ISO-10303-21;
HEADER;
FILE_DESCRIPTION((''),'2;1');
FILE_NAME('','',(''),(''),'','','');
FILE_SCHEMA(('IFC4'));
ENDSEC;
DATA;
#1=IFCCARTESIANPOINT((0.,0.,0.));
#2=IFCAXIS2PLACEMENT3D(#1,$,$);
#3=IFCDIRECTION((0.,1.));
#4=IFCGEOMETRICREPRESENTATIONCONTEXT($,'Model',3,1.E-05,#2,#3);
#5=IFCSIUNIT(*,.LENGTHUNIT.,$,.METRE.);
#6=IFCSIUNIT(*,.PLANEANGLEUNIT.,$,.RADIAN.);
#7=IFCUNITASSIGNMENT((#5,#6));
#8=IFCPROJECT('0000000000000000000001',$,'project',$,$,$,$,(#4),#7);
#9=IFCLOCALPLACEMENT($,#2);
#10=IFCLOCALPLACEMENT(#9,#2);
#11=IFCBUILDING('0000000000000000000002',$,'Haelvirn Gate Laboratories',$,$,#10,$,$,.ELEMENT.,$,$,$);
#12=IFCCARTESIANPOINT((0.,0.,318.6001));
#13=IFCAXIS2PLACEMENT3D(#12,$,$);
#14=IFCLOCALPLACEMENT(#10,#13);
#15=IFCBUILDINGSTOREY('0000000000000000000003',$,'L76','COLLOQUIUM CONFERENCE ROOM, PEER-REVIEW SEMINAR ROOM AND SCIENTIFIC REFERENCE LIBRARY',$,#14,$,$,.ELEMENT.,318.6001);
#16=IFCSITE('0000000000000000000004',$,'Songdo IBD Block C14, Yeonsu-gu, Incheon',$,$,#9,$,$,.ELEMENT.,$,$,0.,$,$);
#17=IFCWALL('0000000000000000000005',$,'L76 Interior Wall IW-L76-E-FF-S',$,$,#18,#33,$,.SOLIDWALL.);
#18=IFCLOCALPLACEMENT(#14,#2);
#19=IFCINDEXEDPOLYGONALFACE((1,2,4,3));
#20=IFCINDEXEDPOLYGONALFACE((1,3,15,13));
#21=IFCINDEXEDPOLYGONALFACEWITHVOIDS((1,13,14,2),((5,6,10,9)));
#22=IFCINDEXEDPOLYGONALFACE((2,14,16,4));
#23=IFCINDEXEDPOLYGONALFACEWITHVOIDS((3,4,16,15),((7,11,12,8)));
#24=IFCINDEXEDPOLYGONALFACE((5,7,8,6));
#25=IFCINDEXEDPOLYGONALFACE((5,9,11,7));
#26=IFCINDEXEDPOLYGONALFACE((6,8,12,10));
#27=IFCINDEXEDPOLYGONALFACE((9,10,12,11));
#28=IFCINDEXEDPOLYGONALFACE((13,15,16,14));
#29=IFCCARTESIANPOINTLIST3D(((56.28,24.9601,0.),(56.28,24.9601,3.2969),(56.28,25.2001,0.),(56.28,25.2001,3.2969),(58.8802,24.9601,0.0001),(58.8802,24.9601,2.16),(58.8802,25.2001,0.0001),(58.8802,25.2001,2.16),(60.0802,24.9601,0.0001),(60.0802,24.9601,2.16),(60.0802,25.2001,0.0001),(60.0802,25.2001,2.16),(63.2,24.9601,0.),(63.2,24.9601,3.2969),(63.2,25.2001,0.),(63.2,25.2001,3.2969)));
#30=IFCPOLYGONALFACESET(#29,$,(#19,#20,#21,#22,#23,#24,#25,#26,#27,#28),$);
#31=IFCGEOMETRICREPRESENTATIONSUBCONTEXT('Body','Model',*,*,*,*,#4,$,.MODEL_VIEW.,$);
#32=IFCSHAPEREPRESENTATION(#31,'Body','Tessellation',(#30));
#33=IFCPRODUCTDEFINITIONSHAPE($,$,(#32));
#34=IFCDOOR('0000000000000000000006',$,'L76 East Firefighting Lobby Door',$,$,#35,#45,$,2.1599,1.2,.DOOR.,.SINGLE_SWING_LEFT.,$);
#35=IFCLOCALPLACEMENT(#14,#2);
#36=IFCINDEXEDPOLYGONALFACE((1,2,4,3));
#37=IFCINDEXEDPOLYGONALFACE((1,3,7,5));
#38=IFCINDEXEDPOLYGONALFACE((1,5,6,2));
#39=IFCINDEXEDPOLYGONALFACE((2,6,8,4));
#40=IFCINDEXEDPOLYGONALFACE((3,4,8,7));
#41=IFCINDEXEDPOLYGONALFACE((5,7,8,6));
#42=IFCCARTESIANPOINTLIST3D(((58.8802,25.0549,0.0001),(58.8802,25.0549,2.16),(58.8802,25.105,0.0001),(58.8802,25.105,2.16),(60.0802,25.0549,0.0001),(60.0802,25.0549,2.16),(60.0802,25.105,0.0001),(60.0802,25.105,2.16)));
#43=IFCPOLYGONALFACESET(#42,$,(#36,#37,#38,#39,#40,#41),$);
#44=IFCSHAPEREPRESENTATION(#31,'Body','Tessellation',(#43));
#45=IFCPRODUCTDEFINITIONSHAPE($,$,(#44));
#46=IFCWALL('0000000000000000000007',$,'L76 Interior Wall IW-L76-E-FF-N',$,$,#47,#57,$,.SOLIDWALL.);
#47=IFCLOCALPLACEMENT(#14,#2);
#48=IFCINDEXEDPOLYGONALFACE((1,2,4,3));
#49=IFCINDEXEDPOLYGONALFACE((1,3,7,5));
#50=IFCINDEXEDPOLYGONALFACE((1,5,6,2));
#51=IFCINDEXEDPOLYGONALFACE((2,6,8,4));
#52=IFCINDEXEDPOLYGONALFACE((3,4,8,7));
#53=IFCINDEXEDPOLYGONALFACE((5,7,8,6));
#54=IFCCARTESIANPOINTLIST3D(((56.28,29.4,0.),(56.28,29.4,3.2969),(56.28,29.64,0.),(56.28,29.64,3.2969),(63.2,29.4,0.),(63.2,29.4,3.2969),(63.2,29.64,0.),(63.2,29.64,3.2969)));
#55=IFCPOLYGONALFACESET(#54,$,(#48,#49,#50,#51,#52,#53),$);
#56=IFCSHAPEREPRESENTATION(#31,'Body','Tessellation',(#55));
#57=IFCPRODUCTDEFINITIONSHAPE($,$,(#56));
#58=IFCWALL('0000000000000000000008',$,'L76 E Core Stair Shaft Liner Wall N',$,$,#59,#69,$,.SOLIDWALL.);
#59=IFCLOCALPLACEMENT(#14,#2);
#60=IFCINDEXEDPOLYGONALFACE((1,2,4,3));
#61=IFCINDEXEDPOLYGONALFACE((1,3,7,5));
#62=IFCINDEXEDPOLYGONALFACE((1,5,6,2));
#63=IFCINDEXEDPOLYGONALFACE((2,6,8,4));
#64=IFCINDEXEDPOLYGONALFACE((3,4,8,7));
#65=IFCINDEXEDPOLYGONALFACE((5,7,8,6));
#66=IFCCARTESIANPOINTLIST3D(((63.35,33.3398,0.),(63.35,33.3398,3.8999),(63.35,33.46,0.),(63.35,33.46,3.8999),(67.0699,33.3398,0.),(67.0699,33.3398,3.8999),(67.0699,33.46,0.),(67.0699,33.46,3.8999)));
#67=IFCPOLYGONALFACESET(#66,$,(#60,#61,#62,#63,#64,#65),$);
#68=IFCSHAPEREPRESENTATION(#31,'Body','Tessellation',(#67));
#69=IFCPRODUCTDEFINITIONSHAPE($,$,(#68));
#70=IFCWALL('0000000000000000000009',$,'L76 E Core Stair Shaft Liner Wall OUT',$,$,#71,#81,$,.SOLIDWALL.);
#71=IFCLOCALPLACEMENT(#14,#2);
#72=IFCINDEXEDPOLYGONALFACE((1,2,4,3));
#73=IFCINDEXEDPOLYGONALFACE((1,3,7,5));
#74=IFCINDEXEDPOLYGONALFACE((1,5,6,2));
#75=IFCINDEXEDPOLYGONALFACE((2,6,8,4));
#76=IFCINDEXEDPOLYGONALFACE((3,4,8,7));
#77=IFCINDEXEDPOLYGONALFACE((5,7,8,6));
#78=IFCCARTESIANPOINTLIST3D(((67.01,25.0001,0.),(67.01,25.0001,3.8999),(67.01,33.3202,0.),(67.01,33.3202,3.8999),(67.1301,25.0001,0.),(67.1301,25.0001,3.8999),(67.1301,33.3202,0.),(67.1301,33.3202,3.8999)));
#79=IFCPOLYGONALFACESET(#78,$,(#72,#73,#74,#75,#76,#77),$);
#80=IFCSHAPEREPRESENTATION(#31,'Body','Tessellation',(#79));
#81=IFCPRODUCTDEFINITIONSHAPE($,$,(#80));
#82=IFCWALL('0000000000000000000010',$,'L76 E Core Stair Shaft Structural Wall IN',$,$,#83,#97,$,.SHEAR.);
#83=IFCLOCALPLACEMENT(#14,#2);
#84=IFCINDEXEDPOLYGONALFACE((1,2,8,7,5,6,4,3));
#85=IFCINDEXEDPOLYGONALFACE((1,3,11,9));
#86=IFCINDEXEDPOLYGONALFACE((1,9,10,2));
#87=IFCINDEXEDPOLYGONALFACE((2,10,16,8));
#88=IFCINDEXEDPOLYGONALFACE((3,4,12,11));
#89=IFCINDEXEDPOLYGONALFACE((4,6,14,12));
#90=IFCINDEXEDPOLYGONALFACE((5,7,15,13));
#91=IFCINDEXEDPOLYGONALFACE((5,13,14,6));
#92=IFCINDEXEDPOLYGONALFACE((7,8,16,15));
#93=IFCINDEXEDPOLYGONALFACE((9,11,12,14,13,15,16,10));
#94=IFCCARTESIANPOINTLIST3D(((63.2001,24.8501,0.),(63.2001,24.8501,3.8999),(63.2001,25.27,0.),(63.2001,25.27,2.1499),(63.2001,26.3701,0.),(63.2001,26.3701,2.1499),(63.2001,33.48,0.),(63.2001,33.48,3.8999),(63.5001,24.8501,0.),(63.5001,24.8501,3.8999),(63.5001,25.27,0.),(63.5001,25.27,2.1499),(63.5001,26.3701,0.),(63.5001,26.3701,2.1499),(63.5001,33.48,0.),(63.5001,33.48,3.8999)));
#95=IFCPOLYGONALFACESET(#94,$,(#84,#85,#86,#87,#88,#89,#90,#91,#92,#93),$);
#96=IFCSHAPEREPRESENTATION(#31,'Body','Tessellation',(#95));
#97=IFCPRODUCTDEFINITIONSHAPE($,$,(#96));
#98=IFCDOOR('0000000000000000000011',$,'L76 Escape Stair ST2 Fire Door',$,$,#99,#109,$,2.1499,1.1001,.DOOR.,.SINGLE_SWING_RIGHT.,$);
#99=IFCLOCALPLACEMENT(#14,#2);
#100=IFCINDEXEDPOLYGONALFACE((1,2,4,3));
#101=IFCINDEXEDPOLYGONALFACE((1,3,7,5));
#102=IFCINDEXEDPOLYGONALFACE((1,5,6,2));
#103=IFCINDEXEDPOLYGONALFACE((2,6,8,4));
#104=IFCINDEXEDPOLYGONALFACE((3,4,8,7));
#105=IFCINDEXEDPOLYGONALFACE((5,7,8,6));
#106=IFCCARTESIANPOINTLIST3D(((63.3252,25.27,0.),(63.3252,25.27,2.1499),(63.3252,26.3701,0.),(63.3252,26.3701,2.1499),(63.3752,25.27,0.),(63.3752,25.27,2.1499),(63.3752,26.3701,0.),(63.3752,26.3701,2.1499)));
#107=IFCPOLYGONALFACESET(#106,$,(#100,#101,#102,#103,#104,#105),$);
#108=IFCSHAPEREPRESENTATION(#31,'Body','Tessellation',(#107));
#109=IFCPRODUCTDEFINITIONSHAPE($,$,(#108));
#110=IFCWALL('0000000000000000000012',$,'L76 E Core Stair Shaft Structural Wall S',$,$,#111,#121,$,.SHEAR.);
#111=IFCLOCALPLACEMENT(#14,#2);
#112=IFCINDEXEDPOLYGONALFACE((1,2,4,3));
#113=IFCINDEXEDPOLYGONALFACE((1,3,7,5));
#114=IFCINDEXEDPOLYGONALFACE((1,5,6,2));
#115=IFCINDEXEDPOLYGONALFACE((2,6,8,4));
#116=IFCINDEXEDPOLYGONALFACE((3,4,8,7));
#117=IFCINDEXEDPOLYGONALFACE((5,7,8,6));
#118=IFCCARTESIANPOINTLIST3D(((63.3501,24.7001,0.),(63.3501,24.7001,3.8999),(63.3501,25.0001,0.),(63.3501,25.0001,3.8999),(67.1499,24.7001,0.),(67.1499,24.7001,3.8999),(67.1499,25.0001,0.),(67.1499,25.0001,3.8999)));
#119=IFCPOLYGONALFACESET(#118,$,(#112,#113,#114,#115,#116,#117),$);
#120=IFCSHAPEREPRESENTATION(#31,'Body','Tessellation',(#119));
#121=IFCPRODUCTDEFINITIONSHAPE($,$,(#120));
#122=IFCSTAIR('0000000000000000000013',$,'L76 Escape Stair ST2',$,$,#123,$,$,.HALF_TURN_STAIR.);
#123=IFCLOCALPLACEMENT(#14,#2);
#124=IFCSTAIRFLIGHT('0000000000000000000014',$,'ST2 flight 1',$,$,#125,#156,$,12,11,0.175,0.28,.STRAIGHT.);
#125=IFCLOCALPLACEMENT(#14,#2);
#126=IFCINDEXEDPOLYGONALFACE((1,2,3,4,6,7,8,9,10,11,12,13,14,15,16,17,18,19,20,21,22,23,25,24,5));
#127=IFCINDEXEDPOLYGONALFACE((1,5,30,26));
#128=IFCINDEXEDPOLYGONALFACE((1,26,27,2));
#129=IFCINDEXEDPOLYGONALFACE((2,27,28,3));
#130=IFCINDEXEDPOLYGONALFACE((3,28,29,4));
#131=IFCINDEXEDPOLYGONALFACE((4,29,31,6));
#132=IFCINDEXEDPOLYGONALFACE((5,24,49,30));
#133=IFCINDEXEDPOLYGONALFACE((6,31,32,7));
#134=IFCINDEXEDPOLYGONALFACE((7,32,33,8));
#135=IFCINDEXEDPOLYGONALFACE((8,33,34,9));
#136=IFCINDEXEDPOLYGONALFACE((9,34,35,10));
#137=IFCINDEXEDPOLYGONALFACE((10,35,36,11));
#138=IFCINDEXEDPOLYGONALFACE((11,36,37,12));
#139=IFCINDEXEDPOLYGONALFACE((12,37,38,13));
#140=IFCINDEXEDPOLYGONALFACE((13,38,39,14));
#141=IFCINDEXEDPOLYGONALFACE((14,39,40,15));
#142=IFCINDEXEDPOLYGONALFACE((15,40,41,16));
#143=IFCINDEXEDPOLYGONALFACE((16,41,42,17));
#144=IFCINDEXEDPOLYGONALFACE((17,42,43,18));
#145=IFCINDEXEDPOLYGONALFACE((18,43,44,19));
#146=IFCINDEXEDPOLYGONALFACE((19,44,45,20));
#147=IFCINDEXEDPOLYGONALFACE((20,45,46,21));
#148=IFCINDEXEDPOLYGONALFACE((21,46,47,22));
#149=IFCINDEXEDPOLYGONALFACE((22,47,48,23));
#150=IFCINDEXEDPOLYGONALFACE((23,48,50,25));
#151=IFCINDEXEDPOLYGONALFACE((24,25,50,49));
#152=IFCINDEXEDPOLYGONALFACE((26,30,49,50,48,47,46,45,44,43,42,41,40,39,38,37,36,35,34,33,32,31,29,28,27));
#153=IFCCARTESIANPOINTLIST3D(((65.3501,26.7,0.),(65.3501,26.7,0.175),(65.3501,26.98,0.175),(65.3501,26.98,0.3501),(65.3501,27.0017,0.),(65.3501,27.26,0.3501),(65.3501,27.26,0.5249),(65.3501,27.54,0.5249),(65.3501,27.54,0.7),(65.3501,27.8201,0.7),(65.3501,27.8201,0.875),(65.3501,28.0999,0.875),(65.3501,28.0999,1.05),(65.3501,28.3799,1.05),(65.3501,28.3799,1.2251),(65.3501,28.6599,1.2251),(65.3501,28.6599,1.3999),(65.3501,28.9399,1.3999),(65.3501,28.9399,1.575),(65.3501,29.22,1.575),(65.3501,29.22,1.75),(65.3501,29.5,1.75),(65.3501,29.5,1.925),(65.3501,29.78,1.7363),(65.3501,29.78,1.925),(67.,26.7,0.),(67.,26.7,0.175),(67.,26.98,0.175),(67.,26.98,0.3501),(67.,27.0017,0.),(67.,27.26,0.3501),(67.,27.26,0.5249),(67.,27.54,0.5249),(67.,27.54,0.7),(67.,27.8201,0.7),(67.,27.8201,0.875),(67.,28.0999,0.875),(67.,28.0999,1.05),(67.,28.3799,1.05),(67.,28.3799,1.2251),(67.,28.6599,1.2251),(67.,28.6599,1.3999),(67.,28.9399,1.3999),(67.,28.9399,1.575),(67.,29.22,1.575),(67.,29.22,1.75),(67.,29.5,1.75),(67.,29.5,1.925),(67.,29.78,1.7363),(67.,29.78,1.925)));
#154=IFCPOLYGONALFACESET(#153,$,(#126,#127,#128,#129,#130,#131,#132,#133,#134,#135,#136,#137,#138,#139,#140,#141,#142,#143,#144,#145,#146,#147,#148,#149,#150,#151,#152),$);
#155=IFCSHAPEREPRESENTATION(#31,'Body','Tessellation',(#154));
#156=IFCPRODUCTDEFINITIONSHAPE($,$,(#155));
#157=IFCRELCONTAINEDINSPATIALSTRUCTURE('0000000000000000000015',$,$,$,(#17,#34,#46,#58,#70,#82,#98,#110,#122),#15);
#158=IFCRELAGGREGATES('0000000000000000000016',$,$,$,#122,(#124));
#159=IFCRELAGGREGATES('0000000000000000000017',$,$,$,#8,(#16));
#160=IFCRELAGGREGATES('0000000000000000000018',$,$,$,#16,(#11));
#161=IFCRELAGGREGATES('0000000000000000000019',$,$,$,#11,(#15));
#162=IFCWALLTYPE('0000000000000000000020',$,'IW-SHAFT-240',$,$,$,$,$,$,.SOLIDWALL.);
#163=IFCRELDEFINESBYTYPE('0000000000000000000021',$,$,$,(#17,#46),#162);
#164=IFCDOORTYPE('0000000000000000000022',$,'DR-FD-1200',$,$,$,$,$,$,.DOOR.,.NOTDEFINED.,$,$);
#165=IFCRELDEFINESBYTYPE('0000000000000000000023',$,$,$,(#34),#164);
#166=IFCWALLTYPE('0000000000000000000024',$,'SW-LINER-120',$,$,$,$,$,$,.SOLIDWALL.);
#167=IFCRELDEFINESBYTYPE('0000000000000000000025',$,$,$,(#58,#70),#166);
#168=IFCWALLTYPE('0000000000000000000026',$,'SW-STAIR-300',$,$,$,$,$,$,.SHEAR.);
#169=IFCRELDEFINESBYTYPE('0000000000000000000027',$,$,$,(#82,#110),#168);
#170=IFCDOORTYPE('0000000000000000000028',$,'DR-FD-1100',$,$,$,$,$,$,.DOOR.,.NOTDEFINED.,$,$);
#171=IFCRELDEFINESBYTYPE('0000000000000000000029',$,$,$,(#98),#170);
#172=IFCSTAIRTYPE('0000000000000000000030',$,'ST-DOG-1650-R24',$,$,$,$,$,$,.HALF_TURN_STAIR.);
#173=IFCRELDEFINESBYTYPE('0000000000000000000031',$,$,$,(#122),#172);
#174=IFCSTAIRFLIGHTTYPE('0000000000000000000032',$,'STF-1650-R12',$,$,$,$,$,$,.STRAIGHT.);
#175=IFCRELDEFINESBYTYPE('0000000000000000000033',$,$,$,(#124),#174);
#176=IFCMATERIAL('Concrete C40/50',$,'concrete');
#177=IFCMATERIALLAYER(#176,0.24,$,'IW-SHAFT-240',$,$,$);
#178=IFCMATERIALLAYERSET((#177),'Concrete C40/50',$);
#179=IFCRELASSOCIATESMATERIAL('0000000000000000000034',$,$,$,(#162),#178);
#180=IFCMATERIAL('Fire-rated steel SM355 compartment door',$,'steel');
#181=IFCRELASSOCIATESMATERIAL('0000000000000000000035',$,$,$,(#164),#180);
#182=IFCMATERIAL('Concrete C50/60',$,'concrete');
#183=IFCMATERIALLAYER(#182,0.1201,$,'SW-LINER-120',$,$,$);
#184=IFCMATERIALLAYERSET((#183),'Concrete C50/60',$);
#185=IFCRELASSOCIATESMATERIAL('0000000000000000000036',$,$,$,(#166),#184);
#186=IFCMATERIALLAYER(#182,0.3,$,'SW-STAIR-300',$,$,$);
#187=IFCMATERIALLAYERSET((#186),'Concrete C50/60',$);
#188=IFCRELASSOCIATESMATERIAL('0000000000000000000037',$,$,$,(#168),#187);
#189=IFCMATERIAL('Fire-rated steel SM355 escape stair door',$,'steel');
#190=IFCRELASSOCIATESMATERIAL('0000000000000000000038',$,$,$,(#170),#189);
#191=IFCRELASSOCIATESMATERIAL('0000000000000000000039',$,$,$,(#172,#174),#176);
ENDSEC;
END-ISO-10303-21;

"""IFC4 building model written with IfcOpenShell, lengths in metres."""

from ifc_helpers import new_model, si_unit, direction, frame, frame_2d, origin, place, context, subcontext, project, spatial, polyline, rectangle, outline, extrude, source, transform, mapped, material, layer, layer_set, type_object, type_shapes, element, fill, aggregate, save


model = new_model("IFC4")

# Units and contexts
model_context = context("Model", 3, precision=1e-05, world=origin(), true_north=direction((0.0, 1.0)))
body_context = subcontext(model_context, "Body", "Model", "MODEL_VIEW")
ifc_project = project(units=[si_unit("LENGTHUNIT", "METRE"), si_unit("PLANEANGLEUNIT", "RADIAN")], contexts=[model_context])

# Site, building, storey
site_placement = place(None, origin())
site = spatial("IfcSite", under=ifc_project, at=site_placement, Name="Songdo IBD Block C14, Yeonsu-gu, Incheon", CompositionType="ELEMENT", RefElevation=0.0)
building_placement = place(site_placement, origin())
building = spatial("IfcBuilding", under=site, at=building_placement, Name="Haelvirn Gate Laboratories", CompositionType="ELEMENT")
storey_placement = place(building_placement, frame((0.0, 0.0, 318.6001)))
storey = spatial("IfcBuildingStorey", under=building, at=storey_placement, Name="L76", Description="COLLOQUIUM CONFERENCE ROOM, PEER-REVIEW SEMINAR ROOM AND SCIENTIFIC REFERENCE LIBRARY", CompositionType="ELEMENT", Elevation=318.6001)

# Shared definitions
ifc_material_1 = material(Name="Concrete C50/60", Category="concrete")

# Shared definitions
ifc_material_2 = material(Name="Concrete C40/50", Category="concrete")

# Wall, opening, door
ifc_layer_1 = layer(ifc_material_2, 0.24, Name="IW-SHAFT-240")
ifc_layer_set_1 = layer_set([ifc_layer_1], Name="Concrete C40/50")
wall_type_1 = type_object("IfcWallType", Name="IW-SHAFT-240", PredefinedType="SOLIDWALL", material=ifc_layer_set_1)
wall_1_placement = place(storey_placement, frame((56.28, 25.0801, 0.0), z_axis=(0.0, 0.0, 1.0), x_axis=(1.0, 0.0, 0.0)))
wall_1 = element("IfcWall", 1, at=wall_1_placement, inside=storey, type_object=wall_type_1, Name="L76 Interior Wall IW-L76-E-FF-S", PredefinedType="SOLIDWALL", context=body_context, shape_type="SweptSolid", body=[
    extrude(rectangle(XDim=6.9199, YDim=0.24, at=frame_2d((3.46, 0.0))), origin(), (0.0, 0.0, 1.0), 3.2969),
])
opening_1_placement = place(wall_1_placement, frame((2.6001, 0.0, 0.0)))
opening_1 = element("IfcOpeningElement", 2, at=opening_1_placement, cuts=wall_1, PredefinedType="OPENING", context=body_context, shape_type="SweptSolid", body=[
    extrude(rectangle(XDim=1.2, YDim=2.1599, at=frame_2d((0.6001, 1.0801))), frame((0.0, 0.1299, 0.0), z_axis=(0.0, -1.0, 0.0), x_axis=(1.0, 0.0, 0.0)), (0.0, 0.0, 1.0), 0.26),
])
ifc_material_3 = material(Name="Fire-rated steel SM355 compartment door", Category="steel")
door_type_1 = type_object("IfcDoorType", Name="DR-FD-1200", OperationType="NOTDEFINED", PredefinedType="DOOR", material=ifc_material_3)
shared_shape_1 = source(origin(), body_context, "Body", "SweptSolid", [
    extrude(rectangle(XDim=1.2, YDim=2.1599, at=frame_2d((0.6001, 1.0801))), frame((0.0, 0.0249, 0.0), z_axis=(0.0, -1.0, 0.0), x_axis=(1.0, 0.0, 0.0)), (0.0, 0.0, 1.0), 0.05),
])
type_shapes(door_type_1, [shared_shape_1])
door_1_placement = place(opening_1_placement, origin())
door_1 = element("IfcDoor", 3, at=door_1_placement, inside=storey, type_object=door_type_1, Name="L76 East Firefighting Lobby Door", OperationType="SINGLE_SWING_LEFT", OverallHeight=2.1599, OverallWidth=1.2, PredefinedType="DOOR", context=body_context, shape_type="MappedRepresentation", body=[
    mapped(shared_shape_1, transform((0.0, 0.0, 0.0), scale=1.0)),
])
fill(opening_1, door_1)

# Walls
wall_2_placement = place(storey_placement, frame((56.28, 29.52, 0.0), z_axis=(0.0, 0.0, 1.0), x_axis=(1.0, 0.0, 0.0)))
element("IfcWall", 4, at=wall_2_placement, inside=storey, type_object=wall_type_1, Name="L76 Interior Wall IW-L76-E-FF-N", PredefinedType="SOLIDWALL", context=body_context, shape_type="SweptSolid", body=[
    extrude(rectangle(XDim=6.9199, YDim=0.24, at=frame_2d((3.46, 0.0))), origin(), (0.0, 0.0, 1.0), 3.2969),
])
ifc_layer_2 = layer(ifc_material_1, 0.1201, Name="SW-LINER-120")
ifc_layer_set_2 = layer_set([ifc_layer_2], Name="Concrete C50/60")
wall_type_2 = type_object("IfcWallType", Name="SW-LINER-120", PredefinedType="SOLIDWALL", material=ifc_layer_set_2)
wall_3_placement = place(storey_placement, frame((63.3501, 33.3999, 0.0), z_axis=(0.0, 0.0, 1.0), x_axis=(1.0, 0.0, 0.0)))
element("IfcWall", 5, at=wall_3_placement, inside=storey, type_object=wall_type_2, Name="L76 E Core Stair Shaft Liner Wall N", PredefinedType="SOLIDWALL", context=body_context, shape_type="SweptSolid", body=[
    extrude(rectangle(XDim=3.72, YDim=0.1201, at=frame_2d((1.8599, 0.0))), origin(), (0.0, 0.0, 1.0), 3.8999),
])
wall_4_placement = place(storey_placement, frame((67.0701, 25.0, 0.0), z_axis=(0.0, 0.0, 1.0), x_axis=(0.0, 1.0, 0.0)))
element("IfcWall", 6, at=wall_4_placement, inside=storey, type_object=wall_type_2, Name="L76 E Core Stair Shaft Liner Wall OUT", PredefinedType="SOLIDWALL", context=body_context, shape_type="SweptSolid", body=[
    extrude(rectangle(XDim=8.3201, YDim=0.1201, at=frame_2d((4.1602, 0.0))), origin(), (0.0, 0.0, 1.0), 3.8999),
])

# Wall, opening, door
ifc_layer_3 = layer(ifc_material_1, 0.3, Name="SW-STAIR-300")
ifc_layer_set_3 = layer_set([ifc_layer_3], Name="Concrete C50/60")
wall_type_3 = type_object("IfcWallType", Name="SW-STAIR-300", PredefinedType="SHEAR", material=ifc_layer_set_3)
wall_5_placement = place(storey_placement, frame((63.3501, 24.8501, 0.0), z_axis=(0.0, 0.0, 1.0), x_axis=(0.0, 1.0, 0.0)))
wall_5 = element("IfcWall", 7, at=wall_5_placement, inside=storey, type_object=wall_type_3, Name="L76 E Core Stair Shaft Structural Wall IN", PredefinedType="SHEAR", context=body_context, shape_type="SweptSolid", body=[
    extrude(rectangle(XDim=8.6299, YDim=0.3, at=frame_2d((4.3149, 0.0))), origin(), (0.0, 0.0, 1.0), 3.8999),
])
opening_2_placement = place(wall_5_placement, frame((0.4199, 0.0, 0.0)))
opening_2 = element("IfcOpeningElement", 8, at=opening_2_placement, cuts=wall_5, PredefinedType="OPENING", context=body_context, shape_type="SweptSolid", body=[
    extrude(rectangle(XDim=1.1001, YDim=2.1499, at=frame_2d((0.55, 1.075))), frame((0.0, 0.1602, 0.0), z_axis=(0.0, -1.0, 0.0), x_axis=(1.0, 0.0, 0.0)), (0.0, 0.0, 1.0), 0.3201),
])
ifc_material_4 = material(Name="Fire-rated steel SM355 escape stair door", Category="steel")
door_type_2 = type_object("IfcDoorType", Name="DR-FD-1100", OperationType="NOTDEFINED", PredefinedType="DOOR", material=ifc_material_4)
shared_shape_2 = source(origin(), body_context, "Body", "SweptSolid", [
    extrude(rectangle(XDim=1.1001, YDim=2.1499, at=frame_2d((0.55, 1.075))), frame((0.0, 0.0249, 0.0), z_axis=(0.0, -1.0, 0.0), x_axis=(1.0, 0.0, 0.0)), (0.0, 0.0, 1.0), 0.05),
])
type_shapes(door_type_2, [shared_shape_2])
door_2_placement = place(opening_2_placement, origin())
door_2 = element("IfcDoor", 9, at=door_2_placement, inside=storey, type_object=door_type_2, Name="L76 Escape Stair ST2 Fire Door", OperationType="SINGLE_SWING_RIGHT", OverallHeight=2.1499, OverallWidth=1.1001, PredefinedType="DOOR", context=body_context, shape_type="MappedRepresentation", body=[
    mapped(shared_shape_2, transform((0.0, 0.0, 0.0), scale=1.0)),
])
fill(opening_2, door_2)

# Wall
wall_6_placement = place(storey_placement, frame((63.3501, 24.8501, 0.0), z_axis=(0.0, 0.0, 1.0), x_axis=(1.0, 0.0, 0.0)))
element("IfcWall", 10, at=wall_6_placement, inside=storey, type_object=wall_type_3, Name="L76 E Core Stair Shaft Structural Wall S", PredefinedType="SHEAR", context=body_context, shape_type="SweptSolid", body=[
    extrude(rectangle(XDim=3.7998, YDim=0.3, at=frame_2d((1.8999, 0.0))), origin(), (0.0, 0.0, 1.0), 3.8999),
])

# Stair, stair flight
stair_type = type_object("IfcStairType", Name="ST-DOG-1650-R24", PredefinedType="HALF_TURN_STAIR", material=ifc_material_2)
stair_placement = place(storey_placement, origin())
stair = element("IfcStair", 11, at=stair_placement, inside=storey, type_object=stair_type, Name="L76 Escape Stair ST2", PredefinedType="HALF_TURN_STAIR")
stair_flight_type = type_object("IfcStairFlightType", Name="STF-1650-R12", PredefinedType="STRAIGHT", material=ifc_material_2)
shared_shape_3 = source(origin(), body_context, "Body", "SweptSolid", [
    extrude(outline(polyline([(0.0, 0.0), (0.0, 0.175), (0.28, 0.175), (0.28, 0.3501), (0.5601, 0.3501), (0.5601, 0.5249), (0.8401, 0.5249), (0.8401, 0.7), (1.1201, 0.7), (1.1201, 0.875), (1.3999, 0.875), (1.3999, 1.05), (1.6799, 1.05), (1.6799, 1.2251), (1.96, 1.2251), (1.96, 1.3999), (2.24, 1.3999), (2.24, 1.575), (2.52, 1.575), (2.52, 1.75), (2.8, 1.75), (2.8, 1.925), (3.0801, 1.925), (3.0801, 2.1001), (3.0801, 1.7363), (0.3018, 0.0), (0.0, 0.0)])), frame((0.0, 0.825, 0.0), z_axis=(0.0, -1.0, 0.0), x_axis=(1.0, 0.0, 0.0)), (0.0, 0.0, 1.0), 1.6499),
])
type_shapes(stair_flight_type, [shared_shape_3])
stair_flight_1_placement = place(storey_placement, frame((66.175, 26.7, 0.0), z_axis=(0.0, 0.0, 1.0), x_axis=(0.0, 1.0, 0.0)))
stair_flight_1 = element("IfcStairFlight", 12, at=stair_flight_1_placement, type_object=stair_flight_type, Name="ST2 flight 1", NumberOfRisers=12, NumberOfTreads=11, PredefinedType="STRAIGHT", RiserHeight=0.175, TreadLength=0.28, context=body_context, shape_type="MappedRepresentation", body=[
    mapped(shared_shape_3, transform((0.0, 0.0, 0.0), scale=1.0)),
])
aggregate(stair, [stair_flight_1])

save(model, "model.ifc")
